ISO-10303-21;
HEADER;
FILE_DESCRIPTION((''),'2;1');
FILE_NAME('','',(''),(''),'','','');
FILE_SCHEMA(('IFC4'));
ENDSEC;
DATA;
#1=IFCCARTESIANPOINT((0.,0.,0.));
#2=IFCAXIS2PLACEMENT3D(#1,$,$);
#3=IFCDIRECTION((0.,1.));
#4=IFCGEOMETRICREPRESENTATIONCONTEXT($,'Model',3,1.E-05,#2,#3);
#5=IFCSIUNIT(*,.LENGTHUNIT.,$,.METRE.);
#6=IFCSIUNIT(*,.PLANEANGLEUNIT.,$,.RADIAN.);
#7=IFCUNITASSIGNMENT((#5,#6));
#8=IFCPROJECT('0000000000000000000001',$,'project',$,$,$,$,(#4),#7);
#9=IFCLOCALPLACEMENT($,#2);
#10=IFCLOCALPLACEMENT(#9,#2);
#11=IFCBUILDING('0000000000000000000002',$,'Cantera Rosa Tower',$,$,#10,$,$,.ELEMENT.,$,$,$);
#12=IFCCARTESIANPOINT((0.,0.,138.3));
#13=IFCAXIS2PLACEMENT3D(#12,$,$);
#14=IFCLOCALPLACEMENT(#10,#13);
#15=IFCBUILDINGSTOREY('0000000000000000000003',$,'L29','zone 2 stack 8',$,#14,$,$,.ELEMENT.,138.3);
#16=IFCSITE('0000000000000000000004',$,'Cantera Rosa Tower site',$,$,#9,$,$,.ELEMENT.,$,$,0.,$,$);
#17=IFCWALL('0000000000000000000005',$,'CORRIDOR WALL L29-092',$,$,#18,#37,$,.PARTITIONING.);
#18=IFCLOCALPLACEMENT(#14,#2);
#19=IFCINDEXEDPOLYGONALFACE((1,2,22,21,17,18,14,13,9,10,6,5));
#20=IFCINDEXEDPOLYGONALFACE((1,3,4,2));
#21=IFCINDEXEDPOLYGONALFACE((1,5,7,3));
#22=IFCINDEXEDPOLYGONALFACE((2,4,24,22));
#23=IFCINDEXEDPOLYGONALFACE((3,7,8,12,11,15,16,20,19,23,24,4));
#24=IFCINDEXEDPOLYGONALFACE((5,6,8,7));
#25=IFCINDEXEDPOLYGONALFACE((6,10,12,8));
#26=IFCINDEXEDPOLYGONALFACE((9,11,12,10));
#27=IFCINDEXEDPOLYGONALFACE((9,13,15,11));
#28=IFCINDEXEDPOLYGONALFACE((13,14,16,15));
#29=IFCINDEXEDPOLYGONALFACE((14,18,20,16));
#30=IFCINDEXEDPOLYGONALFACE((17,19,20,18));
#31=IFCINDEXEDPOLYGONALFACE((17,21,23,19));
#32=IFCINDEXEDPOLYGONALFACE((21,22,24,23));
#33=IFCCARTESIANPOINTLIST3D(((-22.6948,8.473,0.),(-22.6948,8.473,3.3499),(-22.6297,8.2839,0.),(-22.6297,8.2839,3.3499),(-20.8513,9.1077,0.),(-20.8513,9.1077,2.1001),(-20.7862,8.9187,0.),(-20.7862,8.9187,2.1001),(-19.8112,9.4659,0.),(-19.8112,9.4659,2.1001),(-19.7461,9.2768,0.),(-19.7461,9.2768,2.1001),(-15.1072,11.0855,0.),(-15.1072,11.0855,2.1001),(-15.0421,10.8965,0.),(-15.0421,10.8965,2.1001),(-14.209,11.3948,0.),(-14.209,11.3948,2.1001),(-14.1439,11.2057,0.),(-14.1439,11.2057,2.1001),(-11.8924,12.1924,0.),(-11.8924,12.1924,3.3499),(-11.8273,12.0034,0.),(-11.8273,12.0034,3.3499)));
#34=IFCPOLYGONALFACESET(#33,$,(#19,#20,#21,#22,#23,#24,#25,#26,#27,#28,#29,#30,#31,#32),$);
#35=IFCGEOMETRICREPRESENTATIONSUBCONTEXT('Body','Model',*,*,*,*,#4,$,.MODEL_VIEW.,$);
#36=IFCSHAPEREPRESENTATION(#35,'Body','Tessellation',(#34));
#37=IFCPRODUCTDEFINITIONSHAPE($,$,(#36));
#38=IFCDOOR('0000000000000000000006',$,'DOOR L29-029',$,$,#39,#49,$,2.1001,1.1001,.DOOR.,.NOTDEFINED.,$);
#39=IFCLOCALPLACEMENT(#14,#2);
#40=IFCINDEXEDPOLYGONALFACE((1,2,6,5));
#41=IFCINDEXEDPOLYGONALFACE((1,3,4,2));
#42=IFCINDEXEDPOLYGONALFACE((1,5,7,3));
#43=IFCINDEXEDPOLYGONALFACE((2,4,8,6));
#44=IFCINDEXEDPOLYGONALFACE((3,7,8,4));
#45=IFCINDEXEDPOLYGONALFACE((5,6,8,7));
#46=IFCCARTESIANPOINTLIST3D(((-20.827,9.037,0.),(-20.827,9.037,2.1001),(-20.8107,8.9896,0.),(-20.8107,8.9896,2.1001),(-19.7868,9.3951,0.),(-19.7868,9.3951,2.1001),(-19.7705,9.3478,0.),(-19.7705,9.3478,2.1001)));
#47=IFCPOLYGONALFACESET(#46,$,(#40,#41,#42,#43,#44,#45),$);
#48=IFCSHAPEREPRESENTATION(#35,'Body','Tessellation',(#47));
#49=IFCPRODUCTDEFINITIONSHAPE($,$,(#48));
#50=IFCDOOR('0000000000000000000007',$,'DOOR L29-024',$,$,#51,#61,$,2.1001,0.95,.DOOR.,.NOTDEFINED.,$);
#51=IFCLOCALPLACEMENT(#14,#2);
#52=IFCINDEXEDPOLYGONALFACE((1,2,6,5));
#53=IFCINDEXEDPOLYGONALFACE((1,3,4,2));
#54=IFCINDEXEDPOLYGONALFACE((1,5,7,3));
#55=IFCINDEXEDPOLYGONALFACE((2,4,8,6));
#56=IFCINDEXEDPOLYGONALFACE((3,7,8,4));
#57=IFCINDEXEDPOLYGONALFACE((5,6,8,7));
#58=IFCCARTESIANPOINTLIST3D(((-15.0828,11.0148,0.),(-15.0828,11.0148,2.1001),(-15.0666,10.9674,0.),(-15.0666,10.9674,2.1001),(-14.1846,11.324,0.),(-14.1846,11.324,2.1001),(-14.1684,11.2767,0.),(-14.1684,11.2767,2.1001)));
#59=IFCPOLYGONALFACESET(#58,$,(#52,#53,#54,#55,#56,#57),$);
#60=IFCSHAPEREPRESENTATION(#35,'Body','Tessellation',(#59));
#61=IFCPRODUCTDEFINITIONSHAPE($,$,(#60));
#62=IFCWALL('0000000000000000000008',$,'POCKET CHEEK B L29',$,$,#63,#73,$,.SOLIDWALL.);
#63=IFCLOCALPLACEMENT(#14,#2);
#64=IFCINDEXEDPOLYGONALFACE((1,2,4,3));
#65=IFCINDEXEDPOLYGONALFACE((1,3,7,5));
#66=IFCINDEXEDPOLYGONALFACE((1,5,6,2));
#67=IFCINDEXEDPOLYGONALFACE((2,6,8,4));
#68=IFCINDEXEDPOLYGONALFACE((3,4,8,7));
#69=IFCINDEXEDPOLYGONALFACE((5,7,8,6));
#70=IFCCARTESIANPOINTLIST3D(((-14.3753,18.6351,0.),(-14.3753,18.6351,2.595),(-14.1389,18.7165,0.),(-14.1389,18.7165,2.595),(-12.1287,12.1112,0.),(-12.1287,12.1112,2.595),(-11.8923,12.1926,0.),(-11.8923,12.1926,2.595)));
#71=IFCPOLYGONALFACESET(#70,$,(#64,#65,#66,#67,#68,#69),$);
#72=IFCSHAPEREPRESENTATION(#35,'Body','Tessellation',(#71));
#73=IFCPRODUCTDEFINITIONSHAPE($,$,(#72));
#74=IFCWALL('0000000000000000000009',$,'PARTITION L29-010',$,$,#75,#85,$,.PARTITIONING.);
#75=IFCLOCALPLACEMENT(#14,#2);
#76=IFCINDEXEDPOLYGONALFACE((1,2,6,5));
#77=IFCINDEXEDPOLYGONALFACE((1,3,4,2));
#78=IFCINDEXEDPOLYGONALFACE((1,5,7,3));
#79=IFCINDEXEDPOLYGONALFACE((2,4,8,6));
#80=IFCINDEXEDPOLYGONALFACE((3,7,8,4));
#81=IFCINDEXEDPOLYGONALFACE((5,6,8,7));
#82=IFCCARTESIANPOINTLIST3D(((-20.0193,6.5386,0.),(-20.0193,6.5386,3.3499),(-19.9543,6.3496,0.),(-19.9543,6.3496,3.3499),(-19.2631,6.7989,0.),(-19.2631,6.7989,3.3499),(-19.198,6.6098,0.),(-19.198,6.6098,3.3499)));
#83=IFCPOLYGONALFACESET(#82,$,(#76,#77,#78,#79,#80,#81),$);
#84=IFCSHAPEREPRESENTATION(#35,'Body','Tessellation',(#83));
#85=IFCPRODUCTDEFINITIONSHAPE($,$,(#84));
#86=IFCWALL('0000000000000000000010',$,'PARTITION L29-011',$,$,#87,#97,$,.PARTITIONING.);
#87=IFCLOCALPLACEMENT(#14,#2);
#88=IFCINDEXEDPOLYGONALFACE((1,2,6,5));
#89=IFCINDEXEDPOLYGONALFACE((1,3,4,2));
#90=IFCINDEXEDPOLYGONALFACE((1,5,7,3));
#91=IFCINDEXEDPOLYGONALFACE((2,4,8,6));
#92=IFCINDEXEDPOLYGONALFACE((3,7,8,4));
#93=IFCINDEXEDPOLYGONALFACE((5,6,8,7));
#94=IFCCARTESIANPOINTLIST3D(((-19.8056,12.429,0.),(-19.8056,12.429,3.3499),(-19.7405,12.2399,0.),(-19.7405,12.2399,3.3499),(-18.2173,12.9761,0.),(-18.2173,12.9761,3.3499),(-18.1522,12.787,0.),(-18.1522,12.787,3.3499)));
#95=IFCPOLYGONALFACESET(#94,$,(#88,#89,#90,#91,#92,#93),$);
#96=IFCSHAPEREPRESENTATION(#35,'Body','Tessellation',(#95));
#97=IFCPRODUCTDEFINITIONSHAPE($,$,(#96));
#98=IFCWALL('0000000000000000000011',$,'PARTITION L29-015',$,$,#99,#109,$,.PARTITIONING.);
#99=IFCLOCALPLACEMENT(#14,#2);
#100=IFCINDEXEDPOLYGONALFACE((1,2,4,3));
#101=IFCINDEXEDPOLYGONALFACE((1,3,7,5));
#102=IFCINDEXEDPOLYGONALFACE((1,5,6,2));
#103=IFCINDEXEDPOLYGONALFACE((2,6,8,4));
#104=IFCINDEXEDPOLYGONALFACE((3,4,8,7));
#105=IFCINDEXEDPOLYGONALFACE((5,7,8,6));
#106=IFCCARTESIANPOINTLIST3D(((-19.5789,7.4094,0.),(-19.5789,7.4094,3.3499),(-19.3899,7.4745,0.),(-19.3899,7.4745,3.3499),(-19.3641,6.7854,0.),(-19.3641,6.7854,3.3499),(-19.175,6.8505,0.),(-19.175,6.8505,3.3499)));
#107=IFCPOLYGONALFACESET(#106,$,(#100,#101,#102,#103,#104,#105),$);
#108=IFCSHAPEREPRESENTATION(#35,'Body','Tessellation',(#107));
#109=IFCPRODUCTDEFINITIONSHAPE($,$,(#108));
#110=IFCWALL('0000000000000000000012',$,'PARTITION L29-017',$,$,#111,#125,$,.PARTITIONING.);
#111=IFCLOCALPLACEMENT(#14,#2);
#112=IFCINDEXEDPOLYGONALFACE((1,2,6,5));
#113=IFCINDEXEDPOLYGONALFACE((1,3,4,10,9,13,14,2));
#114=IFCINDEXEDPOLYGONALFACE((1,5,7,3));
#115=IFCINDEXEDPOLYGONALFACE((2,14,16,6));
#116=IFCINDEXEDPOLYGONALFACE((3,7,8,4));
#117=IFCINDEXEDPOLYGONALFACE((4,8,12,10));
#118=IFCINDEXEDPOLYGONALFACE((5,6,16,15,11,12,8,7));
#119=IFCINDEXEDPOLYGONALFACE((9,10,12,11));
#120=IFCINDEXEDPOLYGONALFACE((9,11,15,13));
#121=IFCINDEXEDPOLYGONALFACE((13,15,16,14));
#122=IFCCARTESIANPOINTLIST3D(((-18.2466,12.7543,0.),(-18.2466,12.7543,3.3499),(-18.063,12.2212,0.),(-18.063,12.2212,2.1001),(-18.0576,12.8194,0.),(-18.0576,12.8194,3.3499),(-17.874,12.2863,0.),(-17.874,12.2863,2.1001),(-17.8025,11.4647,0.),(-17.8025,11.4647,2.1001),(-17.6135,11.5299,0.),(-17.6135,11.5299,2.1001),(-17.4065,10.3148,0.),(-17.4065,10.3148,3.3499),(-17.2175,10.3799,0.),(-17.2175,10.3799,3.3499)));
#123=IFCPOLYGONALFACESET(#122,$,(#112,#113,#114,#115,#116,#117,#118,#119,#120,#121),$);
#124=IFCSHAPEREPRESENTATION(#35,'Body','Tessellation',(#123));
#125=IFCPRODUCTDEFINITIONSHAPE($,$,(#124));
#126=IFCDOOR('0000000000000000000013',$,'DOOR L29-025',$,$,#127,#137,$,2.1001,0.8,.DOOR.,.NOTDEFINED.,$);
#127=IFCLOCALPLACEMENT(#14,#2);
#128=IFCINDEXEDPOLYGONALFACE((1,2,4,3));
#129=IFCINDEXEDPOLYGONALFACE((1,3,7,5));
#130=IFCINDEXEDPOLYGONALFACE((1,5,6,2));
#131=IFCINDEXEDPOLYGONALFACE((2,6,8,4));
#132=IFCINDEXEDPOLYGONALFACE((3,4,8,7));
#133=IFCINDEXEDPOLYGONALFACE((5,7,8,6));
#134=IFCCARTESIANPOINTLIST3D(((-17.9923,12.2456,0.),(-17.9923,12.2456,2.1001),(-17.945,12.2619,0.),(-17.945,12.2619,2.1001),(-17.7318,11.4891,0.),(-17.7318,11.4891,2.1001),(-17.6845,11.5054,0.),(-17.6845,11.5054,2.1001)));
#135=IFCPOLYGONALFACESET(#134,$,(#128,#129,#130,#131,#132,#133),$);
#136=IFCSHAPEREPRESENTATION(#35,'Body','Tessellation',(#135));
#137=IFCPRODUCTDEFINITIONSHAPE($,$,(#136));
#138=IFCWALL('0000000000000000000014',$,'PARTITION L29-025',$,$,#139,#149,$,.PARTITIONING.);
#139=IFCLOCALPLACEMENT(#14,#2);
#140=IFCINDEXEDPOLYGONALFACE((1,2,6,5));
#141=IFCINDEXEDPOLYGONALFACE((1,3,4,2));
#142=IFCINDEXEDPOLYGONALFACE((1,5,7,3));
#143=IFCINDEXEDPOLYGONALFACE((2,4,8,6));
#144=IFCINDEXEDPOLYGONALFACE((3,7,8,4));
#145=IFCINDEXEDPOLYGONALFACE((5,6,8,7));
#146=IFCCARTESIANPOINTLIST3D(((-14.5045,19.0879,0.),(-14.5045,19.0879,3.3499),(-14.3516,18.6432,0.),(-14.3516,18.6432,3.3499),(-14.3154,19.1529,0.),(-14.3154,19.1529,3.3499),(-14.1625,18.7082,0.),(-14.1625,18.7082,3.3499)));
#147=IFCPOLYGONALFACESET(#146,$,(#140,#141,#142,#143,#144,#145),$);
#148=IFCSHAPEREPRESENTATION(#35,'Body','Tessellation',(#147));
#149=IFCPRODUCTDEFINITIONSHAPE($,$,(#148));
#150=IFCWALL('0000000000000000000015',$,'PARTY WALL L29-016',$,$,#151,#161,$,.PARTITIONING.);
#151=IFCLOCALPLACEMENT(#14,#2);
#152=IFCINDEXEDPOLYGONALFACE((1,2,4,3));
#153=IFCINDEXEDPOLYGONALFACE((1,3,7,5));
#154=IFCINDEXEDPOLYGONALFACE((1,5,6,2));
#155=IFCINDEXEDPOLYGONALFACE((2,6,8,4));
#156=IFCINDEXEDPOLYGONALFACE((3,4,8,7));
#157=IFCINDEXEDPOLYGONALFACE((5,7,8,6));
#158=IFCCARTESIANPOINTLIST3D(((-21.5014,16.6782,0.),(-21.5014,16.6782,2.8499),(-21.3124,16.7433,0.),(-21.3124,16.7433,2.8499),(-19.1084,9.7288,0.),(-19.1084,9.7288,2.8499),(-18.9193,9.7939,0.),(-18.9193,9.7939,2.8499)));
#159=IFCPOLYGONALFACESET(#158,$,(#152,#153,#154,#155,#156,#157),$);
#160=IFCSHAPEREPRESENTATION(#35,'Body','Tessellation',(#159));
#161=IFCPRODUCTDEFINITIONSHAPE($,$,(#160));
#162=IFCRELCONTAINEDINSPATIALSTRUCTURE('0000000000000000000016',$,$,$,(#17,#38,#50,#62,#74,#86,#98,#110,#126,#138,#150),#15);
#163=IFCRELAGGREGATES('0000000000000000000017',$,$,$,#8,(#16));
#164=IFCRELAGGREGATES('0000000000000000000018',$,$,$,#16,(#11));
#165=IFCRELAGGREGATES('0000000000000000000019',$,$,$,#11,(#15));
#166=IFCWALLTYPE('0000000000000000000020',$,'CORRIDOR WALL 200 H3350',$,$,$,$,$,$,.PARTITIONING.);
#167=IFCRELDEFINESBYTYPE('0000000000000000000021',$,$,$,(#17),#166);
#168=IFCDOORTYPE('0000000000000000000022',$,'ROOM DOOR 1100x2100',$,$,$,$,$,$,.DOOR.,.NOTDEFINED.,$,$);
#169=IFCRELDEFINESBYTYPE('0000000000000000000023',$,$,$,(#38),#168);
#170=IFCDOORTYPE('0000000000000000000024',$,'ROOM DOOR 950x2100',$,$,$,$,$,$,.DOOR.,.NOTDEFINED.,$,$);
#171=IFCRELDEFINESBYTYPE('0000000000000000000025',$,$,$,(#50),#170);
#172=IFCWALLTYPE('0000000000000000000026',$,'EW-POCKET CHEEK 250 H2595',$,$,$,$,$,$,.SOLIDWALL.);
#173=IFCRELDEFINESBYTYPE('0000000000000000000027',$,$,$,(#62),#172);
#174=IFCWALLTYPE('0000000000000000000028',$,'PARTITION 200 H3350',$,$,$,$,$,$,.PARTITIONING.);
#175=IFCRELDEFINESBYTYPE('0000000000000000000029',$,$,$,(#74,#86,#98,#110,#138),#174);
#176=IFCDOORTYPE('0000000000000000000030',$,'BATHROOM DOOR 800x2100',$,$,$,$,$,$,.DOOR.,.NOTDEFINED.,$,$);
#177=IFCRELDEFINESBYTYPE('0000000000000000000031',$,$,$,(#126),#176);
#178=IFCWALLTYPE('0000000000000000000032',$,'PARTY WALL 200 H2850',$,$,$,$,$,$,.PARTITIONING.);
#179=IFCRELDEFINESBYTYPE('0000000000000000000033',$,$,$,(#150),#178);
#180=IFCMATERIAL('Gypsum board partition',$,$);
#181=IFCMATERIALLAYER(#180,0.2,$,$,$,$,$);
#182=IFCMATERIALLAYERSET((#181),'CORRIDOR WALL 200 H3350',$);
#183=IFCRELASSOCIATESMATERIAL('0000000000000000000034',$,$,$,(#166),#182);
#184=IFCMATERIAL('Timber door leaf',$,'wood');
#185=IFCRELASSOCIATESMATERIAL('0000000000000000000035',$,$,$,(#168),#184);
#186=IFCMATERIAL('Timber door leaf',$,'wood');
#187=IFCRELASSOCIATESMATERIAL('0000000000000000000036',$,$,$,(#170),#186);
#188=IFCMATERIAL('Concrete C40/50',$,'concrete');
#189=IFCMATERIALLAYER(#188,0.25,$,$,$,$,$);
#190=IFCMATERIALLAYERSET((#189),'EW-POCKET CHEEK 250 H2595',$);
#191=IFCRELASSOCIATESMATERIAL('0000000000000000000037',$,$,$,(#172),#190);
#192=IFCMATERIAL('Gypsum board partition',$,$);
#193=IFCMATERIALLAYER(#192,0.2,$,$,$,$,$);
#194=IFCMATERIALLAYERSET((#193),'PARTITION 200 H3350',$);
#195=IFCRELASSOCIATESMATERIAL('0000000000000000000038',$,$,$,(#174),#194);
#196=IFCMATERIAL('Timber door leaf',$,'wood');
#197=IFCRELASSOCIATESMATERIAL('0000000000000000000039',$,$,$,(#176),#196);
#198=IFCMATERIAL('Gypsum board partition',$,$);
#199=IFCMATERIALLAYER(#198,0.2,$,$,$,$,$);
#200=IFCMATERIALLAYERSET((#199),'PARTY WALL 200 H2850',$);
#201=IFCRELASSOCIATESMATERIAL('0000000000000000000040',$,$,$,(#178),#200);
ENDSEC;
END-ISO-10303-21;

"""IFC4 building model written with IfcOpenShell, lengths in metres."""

from ifc_helpers import new_model, si_unit, direction, frame, frame_2d, origin, place, context, subcontext, project, spatial, rectangle, extrude, material, layer, layer_set, type_object, element, fill, save


model = new_model("IFC4")

# Units and contexts
model_context = context("Model", 3, precision=1e-05, world=origin(), true_north=direction((0.0, 1.0)))
body_context = subcontext(model_context, "Body", "Model", "MODEL_VIEW")
ifc_project = project(units=[si_unit("LENGTHUNIT", "METRE"), si_unit("PLANEANGLEUNIT", "RADIAN")], contexts=[model_context])

# Site, building, storey
site_placement = place(None, origin())
site = spatial("IfcSite", under=ifc_project, at=site_placement, Name="Cantera Rosa Tower site", CompositionType="ELEMENT", RefElevation=0.0)
building_placement = place(site_placement, origin())
building = spatial("IfcBuilding", under=site, at=building_placement, Name="Cantera Rosa Tower", CompositionType="ELEMENT")
storey_placement = place(building_placement, frame((0.0, 0.0, 138.3)))
storey = spatial("IfcBuildingStorey", under=building, at=storey_placement, Name="L29", Description="zone 2 stack 8", CompositionType="ELEMENT", Elevation=138.3)

# Wall, openings, doors
ifc_material_1 = material(Name="Gypsum board partition")
ifc_layer_1 = layer(ifc_material_1, 0.2)
ifc_layer_set_1 = layer_set([ifc_layer_1], Name="CORRIDOR WALL 200 H3350")
wall_type_1 = type_object("IfcWallType", Name="CORRIDOR WALL 200 H3350", PredefinedType="PARTITIONING", material=ifc_layer_set_1)
wall_1_placement = place(storey_placement, frame((-11.8599, 12.0979, 0.0), z_axis=(0.0, 0.0, 1.0), x_axis=(-0.945522, -0.325559, 0.0)))
wall_1 = element("IfcWall", 1, at=wall_1_placement, inside=storey, type_object=wall_type_1, Name="CORRIDOR WALL L29-092", PredefinedType="PARTITIONING", context=body_context, shape_type="SweptSolid", body=[
    extrude(rectangle(XDim=11.4248, YDim=0.2, at=frame_2d((5.7124, 0.0))), origin(), (0.0, 0.0, 1.0), 3.3499),
])
opening_1_placement = place(wall_1_placement, frame((2.45, 0.0, 0.0)))
opening_1 = element("IfcOpeningElement", 2, at=opening_1_placement, cuts=wall_1, PredefinedType="OPENING", context=body_context, shape_type="SweptSolid", body=[
    extrude(rectangle(XDim=0.95, YDim=2.1001, at=frame_2d((0.4751, 1.05))), frame((0.0, 0.1099, 0.0), z_axis=(0.0, -1.0, 0.0), x_axis=(1.0, 0.0, 0.0)), (0.0, 0.0, 1.0), 0.22),
])
opening_2_placement = place(wall_1_placement, frame((8.375, 0.0, 0.0)))
opening_2 = element("IfcOpeningElement", 3, at=opening_2_placement, cuts=wall_1, PredefinedType="OPENING", context=body_context, shape_type="SweptSolid", body=[
    extrude(rectangle(XDim=1.1001, YDim=2.1001, at=frame_2d((0.55, 1.05))), frame((0.0, 0.1099, 0.0), z_axis=(0.0, -1.0, 0.0), x_axis=(1.0, 0.0, 0.0)), (0.0, 0.0, 1.0), 0.22),
])
ifc_material_2 = material(Name="Timber door leaf", Category="wood")
door_type_1 = type_object("IfcDoorType", Name="ROOM DOOR 1100x2100", OperationType="NOTDEFINED", PredefinedType="DOOR", material=ifc_material_2)
door_1_placement = place(opening_2_placement, origin())
door_1 = element("IfcDoor", 4, at=door_1_placement, inside=storey, type_object=door_type_1, Name="DOOR L29-029", OperationType="NOTDEFINED", OverallHeight=2.1001, OverallWidth=1.1001, PredefinedType="DOOR", context=body_context, shape_type="SweptSolid", body=[
    extrude(rectangle(XDim=1.1001, YDim=2.1001, at=frame_2d((0.55, 1.05))), frame((0.0, 0.0249, 0.0), z_axis=(0.0, -1.0, 0.0), x_axis=(1.0, 0.0, 0.0)), (0.0, 0.0, 1.0), 0.05),
])
fill(opening_2, door_1)
ifc_material_3 = material(Name="Timber door leaf", Category="wood")
door_type_2 = type_object("IfcDoorType", Name="ROOM DOOR 950x2100", OperationType="NOTDEFINED", PredefinedType="DOOR", material=ifc_material_3)
door_2_placement = place(opening_1_placement, origin())
door_2 = element("IfcDoor", 5, at=door_2_placement, inside=storey, type_object=door_type_2, Name="DOOR L29-024", OperationType="NOTDEFINED", OverallHeight=2.1001, OverallWidth=0.95, PredefinedType="DOOR", context=body_context, shape_type="SweptSolid", body=[
    extrude(rectangle(XDim=0.95, YDim=2.1001, at=frame_2d((0.4751, 1.05))), frame((0.0, 0.0249, 0.0), z_axis=(0.0, -1.0, 0.0), x_axis=(1.0, 0.0, 0.0)), (0.0, 0.0, 1.0), 0.05),
])
fill(opening_1, door_2)

# Walls
ifc_material_4 = material(Name="Concrete C40/50", Category="concrete")
ifc_layer_2 = layer(ifc_material_4, 0.25)
ifc_layer_set_2 = layer_set([ifc_layer_2], Name="EW-POCKET CHEEK 250 H2595")
wall_type_2 = type_object("IfcWallType", Name="EW-POCKET CHEEK 250 H2595", PredefinedType="SOLIDWALL", material=ifc_layer_set_2)
wall_2_placement = place(storey_placement, frame((-14.2571, 18.6758, 0.0), z_axis=(0.0, 0.0, 1.0), x_axis=(0.325596, -0.945509, 0.0)))
element("IfcWall", 6, at=wall_2_placement, inside=storey, type_object=wall_type_2, Name="POCKET CHEEK B L29", PredefinedType="SOLIDWALL", context=body_context, shape_type="SweptSolid", body=[
    extrude(rectangle(XDim=6.8999, YDim=0.25, at=frame_2d((3.45, 0.0))), origin(), (0.0, 0.0, 1.0), 2.595),
])
ifc_material_5 = material(Name="Gypsum board partition")
ifc_layer_3 = layer(ifc_material_5, 0.2)
ifc_layer_set_3 = layer_set([ifc_layer_3], Name="PARTITION 200 H3350")
wall_type_3 = type_object("IfcWallType", Name="PARTITION 200 H3350", PredefinedType="PARTITIONING", material=ifc_layer_set_3)
wall_3_placement = place(storey_placement, frame((-19.9868, 6.4441, 0.0), z_axis=(0.0, 0.0, 1.0), x_axis=(0.945587, 0.32537, 0.0)))
element("IfcWall", 7, at=wall_3_placement, inside=storey, type_object=wall_type_3, Name="PARTITION L29-010", PredefinedType="PARTITIONING", context=body_context, shape_type="SweptSolid", body=[
    extrude(rectangle(XDim=0.7998, YDim=0.2, at=frame_2d((0.3999, 0.0))), origin(), (0.0, 0.0, 1.0), 3.3499),
])
wall_4_placement = place(storey_placement, frame((-19.7729, 12.3345, 0.0), z_axis=(0.0, 0.0, 1.0), x_axis=(0.945483, 0.325673, 0.0)))
element("IfcWall", 8, at=wall_4_placement, inside=storey, type_object=wall_type_3, Name="PARTITION L29-011", PredefinedType="PARTITIONING", context=body_context, shape_type="SweptSolid", body=[
    extrude(rectangle(XDim=1.6799, YDim=0.2, at=frame_2d((0.8398, 0.0))), origin(), (0.0, 0.0, 1.0), 3.3499),
])
wall_5_placement = place(storey_placement, frame((-19.2695, 6.8179, 0.0), z_axis=(0.0, 0.0, 1.0), x_axis=(-0.325535, 0.94553, 0.0)))
element("IfcWall", 9, at=wall_5_placement, inside=storey, type_object=wall_type_3, Name="PARTITION L29-015", PredefinedType="PARTITIONING", context=body_context, shape_type="SweptSolid", body=[
    extrude(rectangle(XDim=0.6599, YDim=0.2, at=frame_2d((0.3301, 0.0))), origin(), (0.0, 0.0, 1.0), 3.3499),
])

# Wall, opening, door
wall_6_placement = place(storey_placement, frame((-18.1521, 12.7869, 0.0), z_axis=(0.0, 0.0, 1.0), x_axis=(0.325609, -0.945505, 0.0)))
wall_6 = element("IfcWall", 10, at=wall_6_placement, inside=storey, type_object=wall_type_3, Name="PARTITION L29-017", PredefinedType="PARTITIONING", context=body_context, shape_type="SweptSolid", body=[
    extrude(rectangle(XDim=2.5801, YDim=0.2, at=frame_2d((1.29, 0.0))), origin(), (0.0, 0.0, 1.0), 3.3499),
])
opening_3_placement = place(wall_6_placement, frame((0.564, 0.0, 0.0)))
opening_3 = element("IfcOpeningElement", 11, at=opening_3_placement, cuts=wall_6, PredefinedType="OPENING", context=body_context, shape_type="SweptSolid", body=[
    extrude(rectangle(XDim=0.8, YDim=2.1001, at=frame_2d((0.3999, 1.05))), frame((0.0, 0.1099, 0.0), z_axis=(0.0, -1.0, 0.0), x_axis=(1.0, 0.0, 0.0)), (0.0, 0.0, 1.0), 0.22),
])
ifc_material_6 = material(Name="Timber door leaf", Category="wood")
door_type_3 = type_object("IfcDoorType", Name="BATHROOM DOOR 800x2100", OperationType="NOTDEFINED", PredefinedType="DOOR", material=ifc_material_6)
door_3_placement = place(opening_3_placement, origin())
door_3 = element("IfcDoor", 12, at=door_3_placement, inside=storey, type_object=door_type_3, Name="DOOR L29-025", OperationType="NOTDEFINED", OverallHeight=2.1001, OverallWidth=0.8, PredefinedType="DOOR", context=body_context, shape_type="SweptSolid", body=[
    extrude(rectangle(XDim=0.8, YDim=2.1001, at=frame_2d((0.3999, 1.05))), frame((0.0, 0.0249, 0.0), z_axis=(0.0, -1.0, 0.0), x_axis=(1.0, 0.0, 0.0)), (0.0, 0.0, 1.0), 0.05),
])
fill(opening_3, door_3)

# Walls
wall_7_placement = place(storey_placement, frame((-14.4099, 19.1204, 0.0), z_axis=(0.0, 0.0, 1.0), x_axis=(0.325094, -0.945682, 0.0)))
element("IfcWall", 13, at=wall_7_placement, inside=storey, type_object=wall_type_3, Name="PARTITION L29-025", PredefinedType="PARTITIONING", context=body_context, shape_type="SweptSolid", body=[
    extrude(rectangle(XDim=0.4702, YDim=0.2, at=frame_2d((0.2351, 0.0))), origin(), (0.0, 0.0, 1.0), 3.3499),
])
ifc_material_7 = material(Name="Gypsum board partition")
ifc_layer_4 = layer(ifc_material_7, 0.2)
ifc_layer_set_4 = layer_set([ifc_layer_4], Name="PARTY WALL 200 H2850")
wall_type_4 = type_object("IfcWallType", Name="PARTY WALL 200 H2850", PredefinedType="PARTITIONING", material=ifc_layer_set_4)
wall_8_placement = place(storey_placement, frame((-19.0139, 9.7615, 0.0), z_axis=(0.0, 0.0, 1.0), x_axis=(-0.325589, 0.945511, 0.0)))
element("IfcWall", 14, at=wall_8_placement, inside=storey, type_object=wall_type_4, Name="PARTY WALL L29-016", PredefinedType="PARTITIONING", context=body_context, shape_type="SweptSolid", body=[
    extrude(rectangle(XDim=7.3499, YDim=0.2, at=frame_2d((3.6748, 0.0))), origin(), (0.0, 0.0, 1.0), 2.8499),
])

save(model, "model.ifc")
